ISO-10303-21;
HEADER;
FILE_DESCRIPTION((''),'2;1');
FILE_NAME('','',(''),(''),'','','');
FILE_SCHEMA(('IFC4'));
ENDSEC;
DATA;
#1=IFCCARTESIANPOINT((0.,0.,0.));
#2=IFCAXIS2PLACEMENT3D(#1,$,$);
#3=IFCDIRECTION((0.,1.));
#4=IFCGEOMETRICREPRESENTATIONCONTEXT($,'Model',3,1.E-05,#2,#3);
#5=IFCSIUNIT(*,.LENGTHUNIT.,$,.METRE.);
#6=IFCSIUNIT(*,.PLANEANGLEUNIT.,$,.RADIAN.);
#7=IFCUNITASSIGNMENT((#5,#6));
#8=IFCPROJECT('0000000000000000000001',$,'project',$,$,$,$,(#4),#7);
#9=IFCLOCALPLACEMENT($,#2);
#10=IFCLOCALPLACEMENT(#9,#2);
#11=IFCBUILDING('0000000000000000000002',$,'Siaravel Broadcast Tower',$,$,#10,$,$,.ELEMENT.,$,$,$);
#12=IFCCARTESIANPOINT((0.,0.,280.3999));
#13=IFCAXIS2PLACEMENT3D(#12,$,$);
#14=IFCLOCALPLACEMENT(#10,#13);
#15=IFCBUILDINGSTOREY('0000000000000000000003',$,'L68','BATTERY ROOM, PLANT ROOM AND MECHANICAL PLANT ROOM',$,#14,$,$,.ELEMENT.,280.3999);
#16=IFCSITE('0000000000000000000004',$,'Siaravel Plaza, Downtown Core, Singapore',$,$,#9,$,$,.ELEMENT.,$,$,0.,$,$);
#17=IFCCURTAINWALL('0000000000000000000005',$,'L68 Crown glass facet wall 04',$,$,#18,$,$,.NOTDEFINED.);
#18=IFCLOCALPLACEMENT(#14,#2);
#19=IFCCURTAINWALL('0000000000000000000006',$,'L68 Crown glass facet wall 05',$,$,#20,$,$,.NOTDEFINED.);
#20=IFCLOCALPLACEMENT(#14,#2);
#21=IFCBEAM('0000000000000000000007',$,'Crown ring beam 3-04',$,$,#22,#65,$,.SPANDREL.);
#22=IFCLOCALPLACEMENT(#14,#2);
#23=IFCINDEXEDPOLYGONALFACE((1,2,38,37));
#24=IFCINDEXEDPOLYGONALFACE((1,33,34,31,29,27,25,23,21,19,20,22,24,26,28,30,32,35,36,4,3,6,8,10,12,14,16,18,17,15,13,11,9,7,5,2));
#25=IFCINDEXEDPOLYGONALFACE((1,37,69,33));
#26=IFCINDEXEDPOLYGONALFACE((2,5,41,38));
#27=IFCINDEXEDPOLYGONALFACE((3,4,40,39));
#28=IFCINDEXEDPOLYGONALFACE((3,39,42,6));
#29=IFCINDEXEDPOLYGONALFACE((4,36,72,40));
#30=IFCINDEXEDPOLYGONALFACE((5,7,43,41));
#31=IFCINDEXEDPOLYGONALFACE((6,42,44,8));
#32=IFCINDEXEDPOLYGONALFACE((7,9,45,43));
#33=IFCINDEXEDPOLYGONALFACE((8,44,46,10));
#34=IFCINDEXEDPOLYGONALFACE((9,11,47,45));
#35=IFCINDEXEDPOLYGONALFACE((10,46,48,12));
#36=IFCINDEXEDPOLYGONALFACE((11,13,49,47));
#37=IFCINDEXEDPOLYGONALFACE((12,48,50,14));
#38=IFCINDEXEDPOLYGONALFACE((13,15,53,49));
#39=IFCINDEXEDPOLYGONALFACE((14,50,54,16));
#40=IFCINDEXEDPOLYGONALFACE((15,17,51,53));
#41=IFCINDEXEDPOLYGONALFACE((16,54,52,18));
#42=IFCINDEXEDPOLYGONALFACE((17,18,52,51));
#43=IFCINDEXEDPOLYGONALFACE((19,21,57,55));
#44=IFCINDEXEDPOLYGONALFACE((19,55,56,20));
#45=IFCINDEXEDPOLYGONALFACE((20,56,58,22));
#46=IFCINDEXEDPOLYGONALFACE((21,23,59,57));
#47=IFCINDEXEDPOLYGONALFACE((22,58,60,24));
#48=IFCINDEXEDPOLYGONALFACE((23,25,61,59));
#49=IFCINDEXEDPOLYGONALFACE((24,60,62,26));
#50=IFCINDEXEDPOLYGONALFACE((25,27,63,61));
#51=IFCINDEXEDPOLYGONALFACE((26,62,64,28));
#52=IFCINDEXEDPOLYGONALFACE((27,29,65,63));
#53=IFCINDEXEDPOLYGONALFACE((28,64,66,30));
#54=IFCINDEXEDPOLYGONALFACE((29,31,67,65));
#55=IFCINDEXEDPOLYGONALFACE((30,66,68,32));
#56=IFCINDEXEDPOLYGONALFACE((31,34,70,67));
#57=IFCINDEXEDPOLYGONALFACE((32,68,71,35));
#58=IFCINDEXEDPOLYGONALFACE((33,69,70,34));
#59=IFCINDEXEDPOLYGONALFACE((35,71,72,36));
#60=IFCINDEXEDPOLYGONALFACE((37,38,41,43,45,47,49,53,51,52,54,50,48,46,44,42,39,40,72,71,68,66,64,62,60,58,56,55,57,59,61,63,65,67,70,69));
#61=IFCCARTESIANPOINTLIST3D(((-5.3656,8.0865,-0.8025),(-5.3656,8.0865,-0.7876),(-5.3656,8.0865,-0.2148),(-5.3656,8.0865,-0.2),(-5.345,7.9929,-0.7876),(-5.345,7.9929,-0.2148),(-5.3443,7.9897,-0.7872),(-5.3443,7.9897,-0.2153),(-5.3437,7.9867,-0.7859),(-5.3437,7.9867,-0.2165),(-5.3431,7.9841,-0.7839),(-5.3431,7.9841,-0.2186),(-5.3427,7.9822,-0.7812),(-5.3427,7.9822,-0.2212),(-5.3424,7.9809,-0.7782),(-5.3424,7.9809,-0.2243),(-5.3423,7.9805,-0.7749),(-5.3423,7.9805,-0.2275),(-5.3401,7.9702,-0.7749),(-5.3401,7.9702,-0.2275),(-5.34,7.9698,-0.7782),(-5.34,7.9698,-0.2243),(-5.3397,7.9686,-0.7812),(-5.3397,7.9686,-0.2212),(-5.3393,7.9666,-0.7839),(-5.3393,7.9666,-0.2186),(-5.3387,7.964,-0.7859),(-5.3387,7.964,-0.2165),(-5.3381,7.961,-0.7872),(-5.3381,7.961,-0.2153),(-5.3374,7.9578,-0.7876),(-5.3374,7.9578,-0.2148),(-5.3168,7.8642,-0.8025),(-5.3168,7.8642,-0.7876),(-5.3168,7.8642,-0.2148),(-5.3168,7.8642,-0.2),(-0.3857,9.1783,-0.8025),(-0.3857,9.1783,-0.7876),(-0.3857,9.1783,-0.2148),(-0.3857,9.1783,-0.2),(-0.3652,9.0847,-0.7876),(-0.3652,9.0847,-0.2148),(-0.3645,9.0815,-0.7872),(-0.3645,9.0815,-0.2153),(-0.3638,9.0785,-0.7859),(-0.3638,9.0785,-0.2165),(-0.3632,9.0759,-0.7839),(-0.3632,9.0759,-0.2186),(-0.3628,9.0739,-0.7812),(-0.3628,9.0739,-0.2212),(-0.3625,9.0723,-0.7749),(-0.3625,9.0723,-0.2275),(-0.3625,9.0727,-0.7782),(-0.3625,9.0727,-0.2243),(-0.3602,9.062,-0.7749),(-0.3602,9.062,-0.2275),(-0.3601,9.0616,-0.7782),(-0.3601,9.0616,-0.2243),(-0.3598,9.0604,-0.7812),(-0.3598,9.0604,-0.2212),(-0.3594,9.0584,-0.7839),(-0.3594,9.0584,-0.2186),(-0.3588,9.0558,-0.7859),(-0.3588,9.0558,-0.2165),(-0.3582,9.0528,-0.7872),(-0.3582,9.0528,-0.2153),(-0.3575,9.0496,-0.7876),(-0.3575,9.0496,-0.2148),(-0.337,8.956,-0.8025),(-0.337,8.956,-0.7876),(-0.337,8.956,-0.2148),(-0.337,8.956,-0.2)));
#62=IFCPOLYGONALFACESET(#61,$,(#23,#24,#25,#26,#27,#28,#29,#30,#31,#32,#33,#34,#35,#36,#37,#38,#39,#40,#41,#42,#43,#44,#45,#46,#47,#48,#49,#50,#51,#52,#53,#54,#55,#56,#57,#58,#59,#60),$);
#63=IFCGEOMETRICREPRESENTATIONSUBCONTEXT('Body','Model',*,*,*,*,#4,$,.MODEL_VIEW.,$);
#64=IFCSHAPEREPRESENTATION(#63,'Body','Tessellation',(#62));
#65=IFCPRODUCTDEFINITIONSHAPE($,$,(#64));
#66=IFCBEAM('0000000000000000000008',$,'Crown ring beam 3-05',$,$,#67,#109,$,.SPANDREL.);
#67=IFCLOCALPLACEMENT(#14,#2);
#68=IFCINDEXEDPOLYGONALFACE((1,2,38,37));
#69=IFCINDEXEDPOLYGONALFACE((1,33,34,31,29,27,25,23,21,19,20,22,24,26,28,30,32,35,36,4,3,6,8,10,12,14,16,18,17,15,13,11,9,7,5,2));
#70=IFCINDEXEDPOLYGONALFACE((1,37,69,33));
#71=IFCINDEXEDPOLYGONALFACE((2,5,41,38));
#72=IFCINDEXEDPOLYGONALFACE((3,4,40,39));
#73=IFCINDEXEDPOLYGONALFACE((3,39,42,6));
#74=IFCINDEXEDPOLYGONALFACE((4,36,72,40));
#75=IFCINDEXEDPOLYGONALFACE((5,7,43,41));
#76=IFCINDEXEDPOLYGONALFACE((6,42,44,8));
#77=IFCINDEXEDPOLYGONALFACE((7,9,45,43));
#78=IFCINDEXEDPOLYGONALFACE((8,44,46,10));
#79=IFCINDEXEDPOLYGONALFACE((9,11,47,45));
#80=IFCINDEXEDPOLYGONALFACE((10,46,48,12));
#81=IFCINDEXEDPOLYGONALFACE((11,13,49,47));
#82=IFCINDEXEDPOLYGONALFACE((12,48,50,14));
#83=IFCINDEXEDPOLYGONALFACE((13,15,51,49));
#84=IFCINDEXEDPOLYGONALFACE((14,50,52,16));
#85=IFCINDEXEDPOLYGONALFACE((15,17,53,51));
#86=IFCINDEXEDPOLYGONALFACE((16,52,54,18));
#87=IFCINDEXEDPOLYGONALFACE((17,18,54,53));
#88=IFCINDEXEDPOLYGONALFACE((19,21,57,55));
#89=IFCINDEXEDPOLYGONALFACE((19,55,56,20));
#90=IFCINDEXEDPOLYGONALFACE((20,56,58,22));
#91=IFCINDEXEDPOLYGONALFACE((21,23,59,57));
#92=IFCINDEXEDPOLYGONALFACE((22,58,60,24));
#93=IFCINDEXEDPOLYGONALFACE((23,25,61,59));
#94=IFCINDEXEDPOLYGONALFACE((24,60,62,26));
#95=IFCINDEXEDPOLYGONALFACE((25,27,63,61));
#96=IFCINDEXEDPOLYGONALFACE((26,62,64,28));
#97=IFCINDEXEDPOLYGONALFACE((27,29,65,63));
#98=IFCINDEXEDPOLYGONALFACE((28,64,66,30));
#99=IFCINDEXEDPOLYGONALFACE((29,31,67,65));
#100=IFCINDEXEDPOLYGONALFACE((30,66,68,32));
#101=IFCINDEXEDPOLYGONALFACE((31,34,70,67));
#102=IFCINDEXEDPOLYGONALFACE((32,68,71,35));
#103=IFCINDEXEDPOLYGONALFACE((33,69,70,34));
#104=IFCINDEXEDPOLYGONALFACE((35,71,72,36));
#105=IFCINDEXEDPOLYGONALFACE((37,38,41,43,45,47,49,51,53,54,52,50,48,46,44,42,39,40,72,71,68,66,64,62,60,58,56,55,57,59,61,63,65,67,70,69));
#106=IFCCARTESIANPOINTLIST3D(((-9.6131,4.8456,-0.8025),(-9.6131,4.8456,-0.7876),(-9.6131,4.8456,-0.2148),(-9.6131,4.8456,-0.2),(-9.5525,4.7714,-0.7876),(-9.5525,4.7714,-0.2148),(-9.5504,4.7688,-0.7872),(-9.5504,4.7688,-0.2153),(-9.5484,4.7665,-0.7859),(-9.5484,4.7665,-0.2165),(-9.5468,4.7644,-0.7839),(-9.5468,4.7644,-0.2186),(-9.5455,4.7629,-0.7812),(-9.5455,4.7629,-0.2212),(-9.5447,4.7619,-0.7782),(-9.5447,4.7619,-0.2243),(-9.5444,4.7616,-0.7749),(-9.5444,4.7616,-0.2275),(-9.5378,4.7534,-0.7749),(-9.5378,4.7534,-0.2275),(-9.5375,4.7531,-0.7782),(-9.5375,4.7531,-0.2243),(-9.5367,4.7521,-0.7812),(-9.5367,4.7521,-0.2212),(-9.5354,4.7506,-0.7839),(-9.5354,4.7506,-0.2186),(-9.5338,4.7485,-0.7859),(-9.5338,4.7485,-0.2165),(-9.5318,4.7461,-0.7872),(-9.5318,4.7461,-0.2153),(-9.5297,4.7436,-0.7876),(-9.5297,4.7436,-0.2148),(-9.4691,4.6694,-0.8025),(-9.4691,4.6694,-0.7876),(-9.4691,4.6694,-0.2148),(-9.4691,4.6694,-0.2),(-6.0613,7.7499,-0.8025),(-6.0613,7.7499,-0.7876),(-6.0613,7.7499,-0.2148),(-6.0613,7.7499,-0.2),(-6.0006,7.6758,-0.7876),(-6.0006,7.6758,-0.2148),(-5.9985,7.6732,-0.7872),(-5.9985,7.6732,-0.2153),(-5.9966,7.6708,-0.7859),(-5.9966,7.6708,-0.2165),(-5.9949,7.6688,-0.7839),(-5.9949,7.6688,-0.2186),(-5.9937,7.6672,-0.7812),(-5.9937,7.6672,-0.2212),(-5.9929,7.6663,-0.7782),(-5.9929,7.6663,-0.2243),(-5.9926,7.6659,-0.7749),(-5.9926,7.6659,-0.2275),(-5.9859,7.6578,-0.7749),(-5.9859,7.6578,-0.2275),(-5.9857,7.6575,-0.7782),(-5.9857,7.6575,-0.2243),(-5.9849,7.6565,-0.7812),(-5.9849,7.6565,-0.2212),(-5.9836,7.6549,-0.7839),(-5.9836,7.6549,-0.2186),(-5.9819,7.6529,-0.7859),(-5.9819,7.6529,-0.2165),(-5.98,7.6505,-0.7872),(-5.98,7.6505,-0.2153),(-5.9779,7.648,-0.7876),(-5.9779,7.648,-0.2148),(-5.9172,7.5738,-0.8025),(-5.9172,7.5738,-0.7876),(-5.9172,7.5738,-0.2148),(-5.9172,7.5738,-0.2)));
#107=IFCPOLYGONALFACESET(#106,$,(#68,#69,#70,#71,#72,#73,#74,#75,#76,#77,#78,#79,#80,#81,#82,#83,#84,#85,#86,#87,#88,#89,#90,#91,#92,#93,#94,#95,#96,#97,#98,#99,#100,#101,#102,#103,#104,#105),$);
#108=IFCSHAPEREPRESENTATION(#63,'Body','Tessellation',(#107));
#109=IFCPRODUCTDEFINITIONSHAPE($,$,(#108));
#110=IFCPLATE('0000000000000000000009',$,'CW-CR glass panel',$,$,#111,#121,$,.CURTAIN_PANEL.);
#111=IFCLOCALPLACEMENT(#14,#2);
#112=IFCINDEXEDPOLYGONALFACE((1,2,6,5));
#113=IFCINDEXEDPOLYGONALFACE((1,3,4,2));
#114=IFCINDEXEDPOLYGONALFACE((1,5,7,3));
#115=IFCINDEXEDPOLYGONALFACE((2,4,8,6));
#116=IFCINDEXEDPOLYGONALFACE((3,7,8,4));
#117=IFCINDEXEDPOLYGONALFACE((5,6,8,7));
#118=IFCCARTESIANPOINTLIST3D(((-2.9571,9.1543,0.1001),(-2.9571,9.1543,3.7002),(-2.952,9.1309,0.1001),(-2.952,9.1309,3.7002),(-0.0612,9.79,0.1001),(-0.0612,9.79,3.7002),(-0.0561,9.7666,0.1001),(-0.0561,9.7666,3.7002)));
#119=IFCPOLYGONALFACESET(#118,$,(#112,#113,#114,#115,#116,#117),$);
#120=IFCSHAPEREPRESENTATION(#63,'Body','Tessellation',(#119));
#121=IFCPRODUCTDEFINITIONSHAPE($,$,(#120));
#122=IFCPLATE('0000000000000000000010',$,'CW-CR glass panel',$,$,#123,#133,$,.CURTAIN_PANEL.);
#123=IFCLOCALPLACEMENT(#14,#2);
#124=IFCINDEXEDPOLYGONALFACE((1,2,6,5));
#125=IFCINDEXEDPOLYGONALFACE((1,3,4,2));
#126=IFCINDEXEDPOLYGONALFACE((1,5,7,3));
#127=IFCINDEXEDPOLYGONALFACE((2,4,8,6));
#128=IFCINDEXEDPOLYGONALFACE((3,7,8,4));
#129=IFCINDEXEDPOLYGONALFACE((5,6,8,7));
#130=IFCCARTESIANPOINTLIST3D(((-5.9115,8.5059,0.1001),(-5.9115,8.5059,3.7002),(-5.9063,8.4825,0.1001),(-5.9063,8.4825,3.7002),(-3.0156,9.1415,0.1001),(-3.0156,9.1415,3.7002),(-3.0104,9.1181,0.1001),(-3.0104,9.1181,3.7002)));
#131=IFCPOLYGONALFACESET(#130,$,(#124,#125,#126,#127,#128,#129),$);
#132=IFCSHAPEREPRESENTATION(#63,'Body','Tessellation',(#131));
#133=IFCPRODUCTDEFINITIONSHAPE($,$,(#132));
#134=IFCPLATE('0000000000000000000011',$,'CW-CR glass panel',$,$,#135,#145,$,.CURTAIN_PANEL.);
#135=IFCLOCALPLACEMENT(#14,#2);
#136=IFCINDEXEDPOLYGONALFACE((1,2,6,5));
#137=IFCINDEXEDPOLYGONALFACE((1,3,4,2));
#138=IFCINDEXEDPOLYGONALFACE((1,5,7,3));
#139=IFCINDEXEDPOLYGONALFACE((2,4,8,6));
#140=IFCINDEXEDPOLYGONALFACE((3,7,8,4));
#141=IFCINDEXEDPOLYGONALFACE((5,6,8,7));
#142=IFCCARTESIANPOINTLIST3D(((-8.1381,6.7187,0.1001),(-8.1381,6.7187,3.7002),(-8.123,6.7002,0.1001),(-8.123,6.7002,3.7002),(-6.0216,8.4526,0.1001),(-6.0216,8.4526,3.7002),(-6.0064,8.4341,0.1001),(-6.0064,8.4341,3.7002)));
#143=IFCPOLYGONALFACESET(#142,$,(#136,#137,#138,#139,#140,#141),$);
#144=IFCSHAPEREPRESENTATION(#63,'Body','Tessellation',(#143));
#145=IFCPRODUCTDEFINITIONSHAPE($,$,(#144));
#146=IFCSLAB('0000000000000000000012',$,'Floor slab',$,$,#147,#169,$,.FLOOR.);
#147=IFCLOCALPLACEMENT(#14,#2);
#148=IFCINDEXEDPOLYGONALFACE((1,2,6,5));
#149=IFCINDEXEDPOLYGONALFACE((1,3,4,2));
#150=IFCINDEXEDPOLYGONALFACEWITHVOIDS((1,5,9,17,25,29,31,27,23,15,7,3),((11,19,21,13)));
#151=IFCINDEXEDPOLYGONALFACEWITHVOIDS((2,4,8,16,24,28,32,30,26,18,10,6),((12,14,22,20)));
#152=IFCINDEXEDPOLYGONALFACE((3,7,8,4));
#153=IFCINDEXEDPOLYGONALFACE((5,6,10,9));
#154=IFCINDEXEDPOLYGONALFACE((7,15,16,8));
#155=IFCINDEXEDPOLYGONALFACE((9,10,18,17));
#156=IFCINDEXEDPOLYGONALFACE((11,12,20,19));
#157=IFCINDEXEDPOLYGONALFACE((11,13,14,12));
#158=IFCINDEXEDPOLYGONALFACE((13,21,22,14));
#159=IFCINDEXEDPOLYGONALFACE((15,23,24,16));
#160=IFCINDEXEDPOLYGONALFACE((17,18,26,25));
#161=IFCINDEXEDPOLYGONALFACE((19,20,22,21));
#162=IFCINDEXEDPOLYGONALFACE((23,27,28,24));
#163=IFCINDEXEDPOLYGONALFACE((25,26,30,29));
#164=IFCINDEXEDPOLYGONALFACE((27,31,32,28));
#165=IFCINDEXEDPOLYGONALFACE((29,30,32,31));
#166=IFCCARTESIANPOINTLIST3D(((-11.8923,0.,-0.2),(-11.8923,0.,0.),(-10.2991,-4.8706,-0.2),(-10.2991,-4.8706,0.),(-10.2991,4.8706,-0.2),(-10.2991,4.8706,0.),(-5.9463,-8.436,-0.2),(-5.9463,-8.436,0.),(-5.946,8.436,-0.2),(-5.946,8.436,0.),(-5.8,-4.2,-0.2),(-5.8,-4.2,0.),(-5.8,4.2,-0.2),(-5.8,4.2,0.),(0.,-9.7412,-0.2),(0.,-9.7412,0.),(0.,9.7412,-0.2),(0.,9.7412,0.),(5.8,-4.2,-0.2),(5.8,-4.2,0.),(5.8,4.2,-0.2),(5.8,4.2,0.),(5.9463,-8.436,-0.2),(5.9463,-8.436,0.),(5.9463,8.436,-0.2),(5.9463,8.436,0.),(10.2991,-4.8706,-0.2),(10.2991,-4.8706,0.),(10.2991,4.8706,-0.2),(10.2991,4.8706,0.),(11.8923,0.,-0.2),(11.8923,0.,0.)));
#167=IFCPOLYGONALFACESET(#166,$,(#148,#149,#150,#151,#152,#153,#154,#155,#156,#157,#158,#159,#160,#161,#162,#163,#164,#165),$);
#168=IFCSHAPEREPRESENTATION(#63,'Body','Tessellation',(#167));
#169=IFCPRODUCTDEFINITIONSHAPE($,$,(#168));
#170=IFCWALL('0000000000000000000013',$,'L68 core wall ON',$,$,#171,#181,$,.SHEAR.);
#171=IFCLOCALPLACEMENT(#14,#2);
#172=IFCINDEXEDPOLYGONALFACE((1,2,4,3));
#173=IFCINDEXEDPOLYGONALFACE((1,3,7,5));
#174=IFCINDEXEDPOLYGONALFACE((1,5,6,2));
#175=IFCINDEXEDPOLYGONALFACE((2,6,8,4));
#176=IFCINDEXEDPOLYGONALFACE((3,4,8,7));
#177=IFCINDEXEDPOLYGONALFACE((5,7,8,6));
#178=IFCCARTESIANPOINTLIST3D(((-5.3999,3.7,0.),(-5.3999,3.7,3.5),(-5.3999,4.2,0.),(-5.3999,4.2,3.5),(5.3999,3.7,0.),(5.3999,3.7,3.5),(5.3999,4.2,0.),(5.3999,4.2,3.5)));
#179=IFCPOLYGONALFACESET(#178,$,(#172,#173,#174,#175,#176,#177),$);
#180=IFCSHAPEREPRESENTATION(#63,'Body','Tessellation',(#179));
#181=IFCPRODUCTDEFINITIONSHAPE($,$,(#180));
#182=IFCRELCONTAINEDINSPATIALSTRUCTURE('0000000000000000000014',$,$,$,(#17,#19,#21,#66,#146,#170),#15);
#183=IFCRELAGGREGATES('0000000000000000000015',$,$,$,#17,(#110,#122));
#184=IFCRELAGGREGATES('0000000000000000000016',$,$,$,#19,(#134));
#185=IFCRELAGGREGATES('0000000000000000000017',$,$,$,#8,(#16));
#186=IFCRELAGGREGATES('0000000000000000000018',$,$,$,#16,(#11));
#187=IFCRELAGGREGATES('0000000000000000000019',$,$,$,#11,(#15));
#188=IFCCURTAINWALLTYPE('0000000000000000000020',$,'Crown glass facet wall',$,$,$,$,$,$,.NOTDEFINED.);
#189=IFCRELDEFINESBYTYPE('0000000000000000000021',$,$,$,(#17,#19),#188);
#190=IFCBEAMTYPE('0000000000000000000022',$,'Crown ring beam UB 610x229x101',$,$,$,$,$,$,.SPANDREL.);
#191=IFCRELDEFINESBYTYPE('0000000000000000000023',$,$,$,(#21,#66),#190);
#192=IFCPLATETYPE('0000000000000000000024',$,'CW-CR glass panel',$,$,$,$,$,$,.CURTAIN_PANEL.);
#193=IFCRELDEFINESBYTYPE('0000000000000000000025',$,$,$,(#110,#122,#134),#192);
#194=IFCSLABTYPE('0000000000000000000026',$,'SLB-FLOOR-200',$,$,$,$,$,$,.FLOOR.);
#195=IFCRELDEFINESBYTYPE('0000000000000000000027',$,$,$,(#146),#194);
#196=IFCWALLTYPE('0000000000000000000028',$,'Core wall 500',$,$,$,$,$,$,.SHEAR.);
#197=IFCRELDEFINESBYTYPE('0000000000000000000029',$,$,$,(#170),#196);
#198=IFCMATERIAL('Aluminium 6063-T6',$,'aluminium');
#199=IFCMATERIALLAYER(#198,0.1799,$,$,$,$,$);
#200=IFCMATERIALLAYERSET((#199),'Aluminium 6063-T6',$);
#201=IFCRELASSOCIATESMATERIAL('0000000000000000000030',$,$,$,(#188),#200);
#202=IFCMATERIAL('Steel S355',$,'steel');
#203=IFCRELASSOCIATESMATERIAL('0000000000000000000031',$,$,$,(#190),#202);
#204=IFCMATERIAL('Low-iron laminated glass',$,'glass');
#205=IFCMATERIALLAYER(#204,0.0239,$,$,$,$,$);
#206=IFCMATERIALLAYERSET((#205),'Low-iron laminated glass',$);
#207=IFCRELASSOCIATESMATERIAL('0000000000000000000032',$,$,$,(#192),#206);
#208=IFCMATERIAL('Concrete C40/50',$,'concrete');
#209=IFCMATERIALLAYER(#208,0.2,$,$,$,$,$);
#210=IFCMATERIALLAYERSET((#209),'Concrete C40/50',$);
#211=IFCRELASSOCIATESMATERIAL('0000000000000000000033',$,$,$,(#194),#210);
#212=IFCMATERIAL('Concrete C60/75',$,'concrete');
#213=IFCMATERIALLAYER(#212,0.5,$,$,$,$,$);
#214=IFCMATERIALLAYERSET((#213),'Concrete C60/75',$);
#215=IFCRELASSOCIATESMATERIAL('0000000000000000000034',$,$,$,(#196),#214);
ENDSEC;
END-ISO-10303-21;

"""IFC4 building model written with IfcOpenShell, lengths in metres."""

from ifc_helpers import new_model, si_unit, direction, frame, frame_2d, origin, origin_2d, place, context, subcontext, project, spatial, polyline, rectangle, i_section, outline, extrude, material, layer, layer_set, material_profile, profile_set, type_object, element, aggregate, save


model = new_model("IFC4")

# Units and contexts
model_context = context("Model", 3, precision=1e-05, world=origin(), true_north=direction((0.0, 1.0)))
body_context = subcontext(model_context, "Body", "Model", "MODEL_VIEW")
ifc_project = project(units=[si_unit("LENGTHUNIT", "METRE"), si_unit("PLANEANGLEUNIT", "RADIAN")], contexts=[model_context])

# Site, building, storey
site_placement = place(None, origin())
site = spatial("IfcSite", under=ifc_project, at=site_placement, Name="Siaravel Plaza, Downtown Core, Singapore", CompositionType="ELEMENT", RefElevation=0.0)
building_placement = place(site_placement, origin())
building = spatial("IfcBuilding", under=site, at=building_placement, Name="Siaravel Broadcast Tower", CompositionType="ELEMENT")
storey_placement = place(building_placement, frame((0.0, 0.0, 280.3999)))
storey = spatial("IfcBuildingStorey", under=building, at=storey_placement, Name="L68", Description="BATTERY ROOM, PLANT ROOM AND MECHANICAL PLANT ROOM", CompositionType="ELEMENT", Elevation=280.3999)

# Curtain wall
ifc_material_1 = material(Name="Aluminium 6063-T6", Category="aluminium")
ifc_layer_1 = layer(ifc_material_1, 0.1799)
ifc_layer_set_1 = layer_set([ifc_layer_1], Name="Aluminium 6063-T6")
curtain_wall_type = type_object("IfcCurtainWallType", Name="Crown glass facet wall", PredefinedType="NOTDEFINED", material=ifc_layer_set_1)
curtain_wall_1_placement = place(storey_placement, origin())
curtain_wall_1 = element("IfcCurtainWall", 1, at=curtain_wall_1_placement, inside=storey, type_object=curtain_wall_type, Name="L68 Crown glass facet wall 04", PredefinedType="NOTDEFINED")

# Curtain wall
curtain_wall_2_placement = place(storey_placement, origin())
curtain_wall_2 = element("IfcCurtainWall", 2, at=curtain_wall_2_placement, inside=storey, type_object=curtain_wall_type, Name="L68 Crown glass facet wall 05", PredefinedType="NOTDEFINED")

# Beams
ifc_material_2 = material(Name="Steel S355", Category="steel")
ifc_material_profile_1 = material_profile(ifc_material_2, i_section(OverallWidth=0.2275, OverallDepth=0.6025, WebThickness=0.0105, FlangeThickness=0.0149, FilletRadius=0.0127, at=origin_2d()))
ifc_profile_set_1 = profile_set([ifc_material_profile_1], Name="Steel S355")
beam_type_1 = type_object("IfcBeamType", Name="Crown ring beam UB 610x229x101", PredefinedType="SPANDREL", material=ifc_profile_set_1)
beam_1_placement = place(storey_placement, frame((-0.3613, 9.0671, -0.5012), z_axis=(-0.976801, -0.214151, 0.0), x_axis=(0.214151, -0.976801, 0.0)))
element("IfcBeam", 3, at=beam_1_placement, inside=storey, type_object=beam_type_1, Name="Crown ring beam 3-04", PredefinedType="SPANDREL", context=body_context, shape_type="SweptSolid", body=[
    extrude(i_section(OverallWidth=0.2275, OverallDepth=0.6025, WebThickness=0.0105, FlangeThickness=0.0149, FilletRadius=0.0127, at=origin_2d()), origin(), (0.0, 0.0, 1.0), 5.0981),
])
beam_2_placement = place(storey_placement, frame((-5.9893, 7.6619, -0.5012), z_axis=(-0.774137, -0.633018, 0.0), x_axis=(0.633018, -0.774137, 0.0)))
element("IfcBeam", 4, at=beam_2_placement, inside=storey, type_object=beam_type_1, Name="Crown ring beam 3-05", PredefinedType="SPANDREL", context=body_context, shape_type="SweptSolid", body=[
    extrude(i_section(OverallWidth=0.2275, OverallDepth=0.6025, WebThickness=0.0105, FlangeThickness=0.0149, FilletRadius=0.0127, at=origin_2d()), origin(), (0.0, 0.0, 1.0), 4.5881),
])

# Plates
ifc_material_3 = material(Name="Low-iron laminated glass", Category="glass")
ifc_layer_2 = layer(ifc_material_3, 0.0239)
ifc_layer_set_2 = layer_set([ifc_layer_2], Name="Low-iron laminated glass")
plate_type = type_object("IfcPlateType", Name="CW-CR glass panel", PredefinedType="CURTAIN_PANEL", material=ifc_layer_set_2)
plate_1_placement = place(storey_placement, frame((-1.5066, 9.4604, 0.1001), z_axis=(0.0, 0.0, 1.0), x_axis=(-0.976747, -0.214394, 0.0)))
plate_1 = element("IfcPlate", 5, at=plate_1_placement, type_object=plate_type, Name="CW-CR glass panel", PredefinedType="CURTAIN_PANEL", context=body_context, shape_type="SweptSolid", body=[
    extrude(rectangle(XDim=2.9648, YDim=0.0239, at=origin_2d()), origin(), (0.0, 0.0, 1.0), 3.6001),
])
plate_2_placement = place(storey_placement, frame((-4.4609, 8.812, 0.1001), z_axis=(0.0, 0.0, 1.0), x_axis=(-0.976747, -0.214394, 0.0)))
plate_2 = element("IfcPlate", 6, at=plate_2_placement, type_object=plate_type, Name="CW-CR glass panel", PredefinedType="CURTAIN_PANEL", context=body_context, shape_type="SweptSolid", body=[
    extrude(rectangle(XDim=2.9648, YDim=0.0239, at=origin_2d()), origin(), (0.0, 0.0, 1.0), 3.6001),
])
aggregate(curtain_wall_1, [plate_1, plate_2])
plate_3_placement = place(storey_placement, frame((-7.0723, 7.5764, 0.1001), z_axis=(0.0, 0.0, 1.0), x_axis=(-0.773568, -0.633713, 0.0)))
plate_3 = element("IfcPlate", 7, at=plate_3_placement, type_object=plate_type, Name="CW-CR glass panel", PredefinedType="CURTAIN_PANEL", context=body_context, shape_type="SweptSolid", body=[
    extrude(rectangle(XDim=2.7361, YDim=0.0239, at=origin_2d()), origin(), (0.0, 0.0, 1.0), 3.6001),
])
aggregate(curtain_wall_2, [plate_3])

# Slab
ifc_material_4 = material(Name="Concrete C40/50", Category="concrete")
ifc_layer_3 = layer(ifc_material_4, 0.2)
ifc_layer_set_3 = layer_set([ifc_layer_3], Name="Concrete C40/50")
slab_type = type_object("IfcSlabType", Name="SLB-FLOOR-200", PredefinedType="FLOOR", material=ifc_layer_set_3)
slab_placement = place(storey_placement, frame((0.0, 0.0, -0.2)))
element("IfcSlab", 8, at=slab_placement, inside=storey, type_object=slab_type, Name="Floor slab", PredefinedType="FLOOR", context=body_context, shape_type="SweptSolid", body=[
    extrude(outline(polyline([(11.8923, 0.0), (10.2991, 4.8706), (5.9463, 8.436), (0.0, 9.7412), (-5.946, 8.436), (-10.2991, 4.8706), (-11.8923, 0.0), (-10.2991, -4.8706), (-5.9463, -8.436), (0.0, -9.7412), (5.9463, -8.436), (10.2991, -4.8706), (11.8923, 0.0)]), holes=[polyline([(-5.8, 4.2), (5.8, 4.2), (5.8, -4.2), (-5.8, -4.2), (-5.8, 4.2)])]), origin(), (0.0, 0.0, 1.0), 0.2),
])

# Wall
ifc_material_5 = material(Name="Concrete C60/75", Category="concrete")
ifc_layer_4 = layer(ifc_material_5, 0.5)
ifc_layer_set_4 = layer_set([ifc_layer_4], Name="Concrete C60/75")
wall_type_1 = type_object("IfcWallType", Name="Core wall 500", PredefinedType="SHEAR", material=ifc_layer_set_4)
wall_1_placement = place(storey_placement, frame((-5.3999, 3.95, 0.0), z_axis=(0.0, 0.0, 1.0), x_axis=(1.0, 0.0, 0.0)))
element("IfcWall", 9, at=wall_1_placement, inside=storey, type_object=wall_type_1, Name="L68 core wall ON", PredefinedType="SHEAR", context=body_context, shape_type="SweptSolid", body=[
    extrude(rectangle(XDim=10.7998, YDim=0.5, at=frame_2d((5.3999, 0.0))), origin(), (0.0, 0.0, 1.0), 3.5),
])

save(model, "model.ifc")
